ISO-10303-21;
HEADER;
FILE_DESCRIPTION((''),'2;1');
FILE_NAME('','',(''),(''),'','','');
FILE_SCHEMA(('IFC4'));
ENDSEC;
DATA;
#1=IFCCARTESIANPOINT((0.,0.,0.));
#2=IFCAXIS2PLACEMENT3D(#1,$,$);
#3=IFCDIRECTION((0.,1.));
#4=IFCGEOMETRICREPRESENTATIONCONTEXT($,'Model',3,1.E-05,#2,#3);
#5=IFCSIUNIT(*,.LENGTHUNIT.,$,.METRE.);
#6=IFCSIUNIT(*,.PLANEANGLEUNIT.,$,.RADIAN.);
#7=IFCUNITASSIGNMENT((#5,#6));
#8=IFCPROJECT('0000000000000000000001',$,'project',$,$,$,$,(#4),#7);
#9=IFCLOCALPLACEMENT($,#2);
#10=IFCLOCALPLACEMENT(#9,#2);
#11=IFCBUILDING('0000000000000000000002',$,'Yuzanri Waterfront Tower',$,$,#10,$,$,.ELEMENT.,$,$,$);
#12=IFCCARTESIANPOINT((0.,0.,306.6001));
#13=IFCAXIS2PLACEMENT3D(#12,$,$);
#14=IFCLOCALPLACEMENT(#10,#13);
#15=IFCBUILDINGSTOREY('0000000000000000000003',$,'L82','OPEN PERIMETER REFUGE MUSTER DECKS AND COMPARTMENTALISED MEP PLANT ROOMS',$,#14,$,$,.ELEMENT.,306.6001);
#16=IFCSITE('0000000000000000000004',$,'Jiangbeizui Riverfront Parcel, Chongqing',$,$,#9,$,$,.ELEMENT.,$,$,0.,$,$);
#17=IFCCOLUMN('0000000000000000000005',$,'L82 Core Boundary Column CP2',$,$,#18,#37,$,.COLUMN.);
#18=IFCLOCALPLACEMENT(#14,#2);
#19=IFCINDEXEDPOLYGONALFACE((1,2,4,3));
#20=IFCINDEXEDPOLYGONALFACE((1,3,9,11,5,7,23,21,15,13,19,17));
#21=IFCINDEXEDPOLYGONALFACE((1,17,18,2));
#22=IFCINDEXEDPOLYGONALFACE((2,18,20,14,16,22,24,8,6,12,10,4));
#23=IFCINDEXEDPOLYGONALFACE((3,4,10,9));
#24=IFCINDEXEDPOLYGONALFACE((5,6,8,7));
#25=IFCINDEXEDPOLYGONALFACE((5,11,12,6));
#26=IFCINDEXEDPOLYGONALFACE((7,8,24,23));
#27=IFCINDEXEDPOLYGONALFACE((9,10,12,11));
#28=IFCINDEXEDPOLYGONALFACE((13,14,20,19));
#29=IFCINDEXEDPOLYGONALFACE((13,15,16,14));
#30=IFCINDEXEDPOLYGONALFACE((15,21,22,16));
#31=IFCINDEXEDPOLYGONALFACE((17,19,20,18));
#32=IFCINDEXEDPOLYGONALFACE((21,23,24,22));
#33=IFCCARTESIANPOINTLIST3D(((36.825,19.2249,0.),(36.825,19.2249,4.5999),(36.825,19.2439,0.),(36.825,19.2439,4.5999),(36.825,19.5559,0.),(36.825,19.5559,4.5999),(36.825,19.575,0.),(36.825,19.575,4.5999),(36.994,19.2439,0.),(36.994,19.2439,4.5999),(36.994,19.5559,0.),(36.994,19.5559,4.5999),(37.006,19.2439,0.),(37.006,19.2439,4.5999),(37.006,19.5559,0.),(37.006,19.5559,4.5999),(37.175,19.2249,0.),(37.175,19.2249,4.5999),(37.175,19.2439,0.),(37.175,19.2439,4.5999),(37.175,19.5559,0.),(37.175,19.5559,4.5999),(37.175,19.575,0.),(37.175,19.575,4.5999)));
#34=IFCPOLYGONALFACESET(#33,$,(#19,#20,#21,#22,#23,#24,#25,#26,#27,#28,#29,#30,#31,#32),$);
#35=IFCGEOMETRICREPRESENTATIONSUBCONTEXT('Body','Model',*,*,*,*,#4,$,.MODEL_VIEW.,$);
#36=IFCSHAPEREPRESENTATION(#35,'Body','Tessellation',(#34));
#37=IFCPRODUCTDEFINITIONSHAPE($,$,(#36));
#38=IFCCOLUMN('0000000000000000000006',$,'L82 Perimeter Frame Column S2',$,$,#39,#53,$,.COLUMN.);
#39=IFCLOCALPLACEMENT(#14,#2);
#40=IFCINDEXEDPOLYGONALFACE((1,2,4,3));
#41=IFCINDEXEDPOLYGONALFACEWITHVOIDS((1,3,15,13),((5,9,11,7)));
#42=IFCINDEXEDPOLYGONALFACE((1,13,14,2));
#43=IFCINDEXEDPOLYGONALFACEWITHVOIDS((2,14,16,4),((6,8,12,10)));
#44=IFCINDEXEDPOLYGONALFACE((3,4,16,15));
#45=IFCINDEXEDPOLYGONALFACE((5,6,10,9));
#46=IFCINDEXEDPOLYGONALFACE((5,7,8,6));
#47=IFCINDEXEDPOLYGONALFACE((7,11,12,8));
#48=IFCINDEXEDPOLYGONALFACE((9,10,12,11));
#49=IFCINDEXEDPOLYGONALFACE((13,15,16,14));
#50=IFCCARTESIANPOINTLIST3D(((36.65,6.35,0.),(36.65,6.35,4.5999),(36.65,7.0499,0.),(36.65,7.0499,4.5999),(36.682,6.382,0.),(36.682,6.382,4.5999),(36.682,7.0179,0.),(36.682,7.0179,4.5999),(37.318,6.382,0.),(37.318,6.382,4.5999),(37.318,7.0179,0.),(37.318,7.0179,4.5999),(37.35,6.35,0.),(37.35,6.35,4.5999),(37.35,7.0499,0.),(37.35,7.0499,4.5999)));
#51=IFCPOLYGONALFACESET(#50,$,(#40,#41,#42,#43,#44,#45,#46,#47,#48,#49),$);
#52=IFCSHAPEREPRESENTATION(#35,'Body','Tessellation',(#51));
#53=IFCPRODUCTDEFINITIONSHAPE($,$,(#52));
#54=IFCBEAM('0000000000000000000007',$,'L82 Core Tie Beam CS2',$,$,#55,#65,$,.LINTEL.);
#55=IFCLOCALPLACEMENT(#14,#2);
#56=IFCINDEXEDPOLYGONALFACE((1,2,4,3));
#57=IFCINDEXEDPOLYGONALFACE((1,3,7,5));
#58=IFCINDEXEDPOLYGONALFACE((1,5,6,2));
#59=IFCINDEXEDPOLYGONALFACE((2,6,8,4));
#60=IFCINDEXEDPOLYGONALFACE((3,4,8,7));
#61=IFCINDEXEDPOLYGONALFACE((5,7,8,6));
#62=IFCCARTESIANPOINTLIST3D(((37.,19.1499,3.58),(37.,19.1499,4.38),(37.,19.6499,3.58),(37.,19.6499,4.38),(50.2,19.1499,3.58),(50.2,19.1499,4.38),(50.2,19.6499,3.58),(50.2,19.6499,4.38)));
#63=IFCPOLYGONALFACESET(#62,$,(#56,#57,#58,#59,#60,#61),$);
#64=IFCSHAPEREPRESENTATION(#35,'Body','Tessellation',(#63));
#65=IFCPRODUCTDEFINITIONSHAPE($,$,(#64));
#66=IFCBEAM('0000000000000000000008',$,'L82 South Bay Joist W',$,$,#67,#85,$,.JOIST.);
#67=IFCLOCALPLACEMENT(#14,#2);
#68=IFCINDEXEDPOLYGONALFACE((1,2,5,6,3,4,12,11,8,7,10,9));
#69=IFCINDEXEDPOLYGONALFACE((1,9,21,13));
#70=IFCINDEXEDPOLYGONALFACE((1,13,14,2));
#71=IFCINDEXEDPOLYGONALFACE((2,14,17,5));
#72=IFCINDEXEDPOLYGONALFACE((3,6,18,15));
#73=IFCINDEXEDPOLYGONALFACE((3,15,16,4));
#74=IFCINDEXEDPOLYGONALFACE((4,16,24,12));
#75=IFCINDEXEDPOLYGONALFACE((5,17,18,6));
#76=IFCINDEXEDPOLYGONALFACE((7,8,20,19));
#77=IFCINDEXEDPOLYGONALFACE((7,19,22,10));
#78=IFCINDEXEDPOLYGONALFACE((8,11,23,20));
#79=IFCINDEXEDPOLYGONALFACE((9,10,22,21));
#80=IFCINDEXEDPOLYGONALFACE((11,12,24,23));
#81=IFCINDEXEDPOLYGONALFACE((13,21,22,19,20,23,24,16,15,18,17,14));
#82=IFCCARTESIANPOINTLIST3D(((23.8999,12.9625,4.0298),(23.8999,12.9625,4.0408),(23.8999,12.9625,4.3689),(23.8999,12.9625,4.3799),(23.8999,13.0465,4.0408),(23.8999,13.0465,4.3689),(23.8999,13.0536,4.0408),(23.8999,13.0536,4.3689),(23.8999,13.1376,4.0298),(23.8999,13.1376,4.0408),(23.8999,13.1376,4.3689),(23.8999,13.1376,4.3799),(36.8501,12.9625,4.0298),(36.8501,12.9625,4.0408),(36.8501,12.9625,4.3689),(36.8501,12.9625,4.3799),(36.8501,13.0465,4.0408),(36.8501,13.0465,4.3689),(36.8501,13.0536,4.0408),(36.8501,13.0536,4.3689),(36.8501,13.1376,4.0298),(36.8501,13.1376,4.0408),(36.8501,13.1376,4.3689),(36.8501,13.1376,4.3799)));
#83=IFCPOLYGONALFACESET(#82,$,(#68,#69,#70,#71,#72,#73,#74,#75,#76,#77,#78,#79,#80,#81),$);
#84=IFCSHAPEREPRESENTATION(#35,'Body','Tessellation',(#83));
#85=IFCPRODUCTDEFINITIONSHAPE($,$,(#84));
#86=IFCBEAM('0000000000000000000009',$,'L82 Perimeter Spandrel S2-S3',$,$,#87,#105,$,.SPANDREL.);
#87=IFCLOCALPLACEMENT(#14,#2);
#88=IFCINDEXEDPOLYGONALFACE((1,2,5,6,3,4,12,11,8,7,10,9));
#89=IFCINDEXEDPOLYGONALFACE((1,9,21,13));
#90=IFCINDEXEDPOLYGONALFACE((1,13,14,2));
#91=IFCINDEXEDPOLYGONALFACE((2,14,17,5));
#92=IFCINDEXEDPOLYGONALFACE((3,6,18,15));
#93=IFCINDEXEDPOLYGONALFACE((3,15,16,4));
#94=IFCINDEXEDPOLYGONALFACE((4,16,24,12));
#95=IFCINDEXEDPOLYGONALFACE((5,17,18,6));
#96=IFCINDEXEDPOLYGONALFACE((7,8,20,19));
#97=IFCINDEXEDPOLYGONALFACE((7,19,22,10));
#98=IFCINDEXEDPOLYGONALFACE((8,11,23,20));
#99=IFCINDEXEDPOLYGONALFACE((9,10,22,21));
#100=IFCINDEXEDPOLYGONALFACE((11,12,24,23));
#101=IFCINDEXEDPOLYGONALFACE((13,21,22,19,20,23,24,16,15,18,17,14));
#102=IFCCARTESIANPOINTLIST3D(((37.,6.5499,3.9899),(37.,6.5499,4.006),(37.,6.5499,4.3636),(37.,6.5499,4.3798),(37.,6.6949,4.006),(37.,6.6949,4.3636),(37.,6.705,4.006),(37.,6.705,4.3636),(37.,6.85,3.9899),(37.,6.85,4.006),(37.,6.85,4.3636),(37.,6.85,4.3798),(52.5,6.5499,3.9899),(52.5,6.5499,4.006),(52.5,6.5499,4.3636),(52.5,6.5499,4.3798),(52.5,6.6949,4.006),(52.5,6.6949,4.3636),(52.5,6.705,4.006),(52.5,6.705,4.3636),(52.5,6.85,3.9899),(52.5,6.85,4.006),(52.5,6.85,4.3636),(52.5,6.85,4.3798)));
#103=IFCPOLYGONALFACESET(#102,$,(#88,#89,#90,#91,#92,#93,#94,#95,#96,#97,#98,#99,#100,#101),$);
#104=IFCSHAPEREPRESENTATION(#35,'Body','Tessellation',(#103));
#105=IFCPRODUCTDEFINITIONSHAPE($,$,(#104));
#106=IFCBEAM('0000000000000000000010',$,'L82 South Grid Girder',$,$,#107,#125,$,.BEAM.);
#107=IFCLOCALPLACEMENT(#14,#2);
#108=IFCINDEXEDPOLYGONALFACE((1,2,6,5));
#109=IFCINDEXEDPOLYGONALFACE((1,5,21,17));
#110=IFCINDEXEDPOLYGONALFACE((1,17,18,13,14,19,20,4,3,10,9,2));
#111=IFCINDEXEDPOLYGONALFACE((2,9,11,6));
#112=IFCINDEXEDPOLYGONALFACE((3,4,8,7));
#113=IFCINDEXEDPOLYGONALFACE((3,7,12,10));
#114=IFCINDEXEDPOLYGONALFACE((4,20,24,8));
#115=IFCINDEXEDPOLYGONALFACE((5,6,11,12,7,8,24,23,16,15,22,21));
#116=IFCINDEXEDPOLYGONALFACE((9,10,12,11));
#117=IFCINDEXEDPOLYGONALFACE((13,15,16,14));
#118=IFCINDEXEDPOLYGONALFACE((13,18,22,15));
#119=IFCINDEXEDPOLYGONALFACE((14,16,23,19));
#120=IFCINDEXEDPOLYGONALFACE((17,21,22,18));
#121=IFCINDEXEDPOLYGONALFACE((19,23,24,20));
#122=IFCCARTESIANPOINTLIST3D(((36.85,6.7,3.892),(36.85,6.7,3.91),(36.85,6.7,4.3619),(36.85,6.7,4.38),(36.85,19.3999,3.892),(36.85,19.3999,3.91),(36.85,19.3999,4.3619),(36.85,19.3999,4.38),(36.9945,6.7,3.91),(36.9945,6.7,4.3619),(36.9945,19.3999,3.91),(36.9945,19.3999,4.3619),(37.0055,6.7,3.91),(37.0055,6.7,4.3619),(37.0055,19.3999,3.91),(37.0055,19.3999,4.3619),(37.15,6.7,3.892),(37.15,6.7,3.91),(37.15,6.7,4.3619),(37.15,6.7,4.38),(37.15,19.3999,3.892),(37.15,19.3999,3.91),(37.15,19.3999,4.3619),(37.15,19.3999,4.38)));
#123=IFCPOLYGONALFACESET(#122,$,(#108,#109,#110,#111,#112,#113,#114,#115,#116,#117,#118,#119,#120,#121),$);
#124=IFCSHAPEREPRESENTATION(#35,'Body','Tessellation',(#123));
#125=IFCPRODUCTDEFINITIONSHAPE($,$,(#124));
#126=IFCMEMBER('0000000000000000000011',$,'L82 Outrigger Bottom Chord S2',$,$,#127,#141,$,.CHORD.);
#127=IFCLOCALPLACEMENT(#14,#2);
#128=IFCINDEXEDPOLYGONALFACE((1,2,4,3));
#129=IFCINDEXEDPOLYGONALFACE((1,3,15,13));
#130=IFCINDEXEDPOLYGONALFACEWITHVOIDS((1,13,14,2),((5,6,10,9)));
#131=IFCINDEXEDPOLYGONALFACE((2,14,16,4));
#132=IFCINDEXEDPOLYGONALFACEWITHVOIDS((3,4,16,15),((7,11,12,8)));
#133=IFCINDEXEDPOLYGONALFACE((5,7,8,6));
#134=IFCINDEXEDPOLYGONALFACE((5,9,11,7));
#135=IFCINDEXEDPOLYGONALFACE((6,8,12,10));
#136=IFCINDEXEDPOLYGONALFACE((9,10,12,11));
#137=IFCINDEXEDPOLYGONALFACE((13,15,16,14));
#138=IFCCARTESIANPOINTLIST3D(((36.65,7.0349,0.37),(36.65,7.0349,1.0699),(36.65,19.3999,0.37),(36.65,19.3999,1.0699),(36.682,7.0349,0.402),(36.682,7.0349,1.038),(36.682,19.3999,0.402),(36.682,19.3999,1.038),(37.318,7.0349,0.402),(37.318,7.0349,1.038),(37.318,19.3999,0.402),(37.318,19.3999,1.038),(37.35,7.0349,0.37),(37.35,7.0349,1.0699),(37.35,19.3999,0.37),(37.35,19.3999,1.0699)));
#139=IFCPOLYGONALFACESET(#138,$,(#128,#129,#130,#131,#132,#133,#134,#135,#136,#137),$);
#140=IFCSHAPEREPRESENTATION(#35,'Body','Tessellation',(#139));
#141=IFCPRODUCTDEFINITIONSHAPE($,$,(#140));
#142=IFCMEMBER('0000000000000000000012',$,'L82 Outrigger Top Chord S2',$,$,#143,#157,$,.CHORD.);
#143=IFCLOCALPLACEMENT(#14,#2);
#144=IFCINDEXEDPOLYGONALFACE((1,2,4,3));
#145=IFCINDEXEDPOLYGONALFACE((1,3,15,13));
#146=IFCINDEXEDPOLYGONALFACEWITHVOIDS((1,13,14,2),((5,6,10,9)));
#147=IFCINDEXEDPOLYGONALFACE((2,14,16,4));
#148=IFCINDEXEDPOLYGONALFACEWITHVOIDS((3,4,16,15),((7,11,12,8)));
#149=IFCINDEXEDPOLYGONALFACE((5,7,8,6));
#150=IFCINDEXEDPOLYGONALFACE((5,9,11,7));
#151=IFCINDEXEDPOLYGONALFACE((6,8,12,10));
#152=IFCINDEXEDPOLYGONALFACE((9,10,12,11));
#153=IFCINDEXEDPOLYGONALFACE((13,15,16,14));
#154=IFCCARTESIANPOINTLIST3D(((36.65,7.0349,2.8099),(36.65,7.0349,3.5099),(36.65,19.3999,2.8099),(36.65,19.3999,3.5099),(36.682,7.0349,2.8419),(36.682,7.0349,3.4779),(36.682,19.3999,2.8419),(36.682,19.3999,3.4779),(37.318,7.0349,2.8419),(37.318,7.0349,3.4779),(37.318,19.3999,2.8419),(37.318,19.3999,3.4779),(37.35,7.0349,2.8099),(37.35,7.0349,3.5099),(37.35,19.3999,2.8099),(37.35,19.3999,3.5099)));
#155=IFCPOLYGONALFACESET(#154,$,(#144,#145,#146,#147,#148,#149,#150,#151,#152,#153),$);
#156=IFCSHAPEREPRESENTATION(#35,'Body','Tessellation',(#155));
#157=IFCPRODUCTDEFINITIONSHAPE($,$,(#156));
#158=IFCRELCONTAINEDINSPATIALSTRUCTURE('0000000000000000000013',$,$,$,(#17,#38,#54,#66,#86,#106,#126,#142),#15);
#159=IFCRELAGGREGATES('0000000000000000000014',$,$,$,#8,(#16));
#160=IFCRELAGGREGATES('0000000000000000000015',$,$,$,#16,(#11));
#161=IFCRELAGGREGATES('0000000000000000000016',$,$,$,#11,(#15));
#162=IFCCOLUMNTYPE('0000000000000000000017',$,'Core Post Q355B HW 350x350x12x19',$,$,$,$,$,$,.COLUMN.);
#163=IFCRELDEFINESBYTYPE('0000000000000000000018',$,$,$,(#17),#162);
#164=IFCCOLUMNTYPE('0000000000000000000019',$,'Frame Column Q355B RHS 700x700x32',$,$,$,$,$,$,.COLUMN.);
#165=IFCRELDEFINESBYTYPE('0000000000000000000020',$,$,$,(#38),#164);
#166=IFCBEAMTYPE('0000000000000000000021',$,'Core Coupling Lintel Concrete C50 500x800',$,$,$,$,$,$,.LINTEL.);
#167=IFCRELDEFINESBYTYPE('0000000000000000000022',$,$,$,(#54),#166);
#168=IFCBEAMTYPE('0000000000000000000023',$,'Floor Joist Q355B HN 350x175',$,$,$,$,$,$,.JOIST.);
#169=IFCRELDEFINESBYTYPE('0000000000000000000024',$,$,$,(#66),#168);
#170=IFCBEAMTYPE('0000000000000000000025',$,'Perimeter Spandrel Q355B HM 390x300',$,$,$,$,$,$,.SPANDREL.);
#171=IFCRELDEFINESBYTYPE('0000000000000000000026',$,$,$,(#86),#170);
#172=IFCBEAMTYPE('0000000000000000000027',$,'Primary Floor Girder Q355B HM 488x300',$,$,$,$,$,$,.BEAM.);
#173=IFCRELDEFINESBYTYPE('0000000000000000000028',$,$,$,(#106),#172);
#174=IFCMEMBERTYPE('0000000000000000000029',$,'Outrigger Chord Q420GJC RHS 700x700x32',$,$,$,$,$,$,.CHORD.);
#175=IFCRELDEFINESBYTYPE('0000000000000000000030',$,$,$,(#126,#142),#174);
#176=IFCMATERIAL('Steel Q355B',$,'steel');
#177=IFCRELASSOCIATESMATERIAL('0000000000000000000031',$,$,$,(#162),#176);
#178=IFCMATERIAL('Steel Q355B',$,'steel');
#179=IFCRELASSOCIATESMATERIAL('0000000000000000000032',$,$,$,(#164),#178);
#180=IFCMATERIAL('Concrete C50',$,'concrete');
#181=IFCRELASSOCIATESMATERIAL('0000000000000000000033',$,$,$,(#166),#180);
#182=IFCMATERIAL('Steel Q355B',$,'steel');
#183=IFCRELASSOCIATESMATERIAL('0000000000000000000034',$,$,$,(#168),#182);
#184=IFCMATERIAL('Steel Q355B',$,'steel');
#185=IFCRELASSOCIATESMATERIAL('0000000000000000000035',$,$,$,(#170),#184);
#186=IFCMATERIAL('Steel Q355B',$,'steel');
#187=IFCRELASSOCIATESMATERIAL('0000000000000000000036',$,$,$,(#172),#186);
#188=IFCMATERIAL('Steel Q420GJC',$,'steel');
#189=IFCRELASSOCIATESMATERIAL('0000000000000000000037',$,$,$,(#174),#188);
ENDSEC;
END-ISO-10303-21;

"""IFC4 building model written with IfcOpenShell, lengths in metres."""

from ifc_helpers import new_model, si_unit, direction, frame, origin, origin_2d, place, context, subcontext, project, spatial, rectangle, hollow_rectangle, i_section, extrude, source, transform, mapped, material, material_profile, profile_set, type_object, element, save


model = new_model("IFC4")

# Units and contexts
model_context = context("Model", 3, precision=1e-05, world=origin(), true_north=direction((0.0, 1.0)))
body_context = subcontext(model_context, "Body", "Model", "MODEL_VIEW")
ifc_project = project(units=[si_unit("LENGTHUNIT", "METRE"), si_unit("PLANEANGLEUNIT", "RADIAN")], contexts=[model_context])

# Site, building, storey
site_placement = place(None, origin())
site = spatial("IfcSite", under=ifc_project, at=site_placement, Name="Jiangbeizui Riverfront Parcel, Chongqing", CompositionType="ELEMENT", RefElevation=0.0)
building_placement = place(site_placement, origin())
building = spatial("IfcBuilding", under=site, at=building_placement, Name="Yuzanri Waterfront Tower", CompositionType="ELEMENT")
storey_placement = place(building_placement, frame((0.0, 0.0, 306.6001)))
storey = spatial("IfcBuildingStorey", under=building, at=storey_placement, Name="L82", Description="OPEN PERIMETER REFUGE MUSTER DECKS AND COMPARTMENTALISED MEP PLANT ROOMS", CompositionType="ELEMENT", Elevation=306.6001)

# Columns
ifc_material_1 = material(Name="Steel Q355B", Category="steel")
ifc_material_profile_1 = material_profile(ifc_material_1, i_section(OverallWidth=0.3501, OverallDepth=0.3501, WebThickness=0.012, FlangeThickness=0.019, at=origin_2d()), Name="HW 350x350x12x19")
ifc_profile_set_1 = profile_set([ifc_material_profile_1], Name="Steel Q355B")
column_type_1 = type_object("IfcColumnType", Name="Core Post Q355B HW 350x350x12x19", PredefinedType="COLUMN", material=ifc_profile_set_1)
shared_shape_1 = source(origin(), body_context, "Body", "SweptSolid", [
    extrude(i_section(OverallWidth=0.3501, OverallDepth=0.3501, WebThickness=0.012, FlangeThickness=0.019, at=origin_2d()), origin(), (0.0, 0.0, 1.0), 4.5999),
])
column_1_placement = place(storey_placement, frame((37.0, 19.3999, 0.0), z_axis=(0.0, 0.0, 1.0), x_axis=(1.0, 0.0, 0.0)))
element("IfcColumn", 1, at=column_1_placement, inside=storey, type_object=column_type_1, Name="L82 Core Boundary Column CP2", PredefinedType="COLUMN", context=body_context, shape_type="MappedRepresentation", body=[
    mapped(shared_shape_1, transform((0.0, 0.0, 0.0), scale=1.0)),
])
ifc_material_2 = material(Name="Steel Q355B", Category="steel")
ifc_material_profile_2 = material_profile(ifc_material_2, hollow_rectangle(XDim=0.7, YDim=0.7, WallThickness=0.032, at=origin_2d()), Name="RHS 700x700x32")
ifc_profile_set_2 = profile_set([ifc_material_profile_2], Name="Steel Q355B")
column_type_2 = type_object("IfcColumnType", Name="Frame Column Q355B RHS 700x700x32", PredefinedType="COLUMN", material=ifc_profile_set_2)
shared_shape_2 = source(origin(), body_context, "Body", "SweptSolid", [
    extrude(hollow_rectangle(XDim=0.7, YDim=0.7, WallThickness=0.032, at=origin_2d()), origin(), (0.0, 0.0, 1.0), 4.5999),
])
column_2_placement = place(storey_placement, frame((37.0, 6.7, 0.0), z_axis=(0.0, 0.0, 1.0), x_axis=(1.0, 0.0, 0.0)))
element("IfcColumn", 2, at=column_2_placement, inside=storey, type_object=column_type_2, Name="L82 Perimeter Frame Column S2", PredefinedType="COLUMN", context=body_context, shape_type="MappedRepresentation", body=[
    mapped(shared_shape_2, transform((0.0, 0.0, 0.0), scale=1.0)),
])

# Beams
ifc_material_3 = material(Name="Concrete C50", Category="concrete")
ifc_material_profile_3 = material_profile(ifc_material_3, rectangle(XDim=0.5, YDim=0.8, at=origin_2d()), Name="RC 500x800")
ifc_profile_set_3 = profile_set([ifc_material_profile_3], Name="Concrete C50")
beam_type_1 = type_object("IfcBeamType", Name="Core Coupling Lintel Concrete C50 500x800", PredefinedType="LINTEL", material=ifc_profile_set_3)
shared_shape_3 = source(origin(), body_context, "Body", "SweptSolid", [
    extrude(rectangle(XDim=0.5, YDim=0.8, at=origin_2d()), origin(), (0.0, 0.0, 1.0), 13.2),
])
beam_1_placement = place(storey_placement, frame((37.0, 19.3999, 3.98), z_axis=(1.0, 0.0, 0.0), x_axis=(0.0, 1.0, 0.0)))
element("IfcBeam", 3, at=beam_1_placement, inside=storey, type_object=beam_type_1, Name="L82 Core Tie Beam CS2", PredefinedType="LINTEL", context=body_context, shape_type="MappedRepresentation", body=[
    mapped(shared_shape_3, transform((0.0, 0.0, 0.0), scale=1.0)),
])
ifc_material_4 = material(Name="Steel Q355B", Category="steel")
ifc_material_profile_4 = material_profile(ifc_material_4, i_section(OverallWidth=0.175, OverallDepth=0.3501, WebThickness=0.0071, FlangeThickness=0.011, at=origin_2d()), Name="HN 350x175x7x11")
ifc_profile_set_4 = profile_set([ifc_material_profile_4], Name="Steel Q355B")
beam_type_2 = type_object("IfcBeamType", Name="Floor Joist Q355B HN 350x175", PredefinedType="JOIST", material=ifc_profile_set_4)
shared_shape_4 = source(origin(), body_context, "Body", "SweptSolid", [
    extrude(i_section(OverallWidth=0.175, OverallDepth=0.3501, WebThickness=0.0071, FlangeThickness=0.011, at=origin_2d()), origin(), (0.0, 0.0, 1.0), 12.9502),
])
beam_2_placement = place(storey_placement, frame((23.8999, 13.05, 4.2048), z_axis=(1.0, 0.0, 0.0), x_axis=(0.0, 1.0, 0.0)))
element("IfcBeam", 4, at=beam_2_placement, inside=storey, type_object=beam_type_2, Name="L82 South Bay Joist W", PredefinedType="JOIST", context=body_context, shape_type="MappedRepresentation", body=[
    mapped(shared_shape_4, transform((0.0, 0.0, 0.0), scale=1.0)),
])
ifc_material_5 = material(Name="Steel Q355B", Category="steel")
ifc_material_profile_5 = material_profile(ifc_material_5, i_section(OverallWidth=0.3, OverallDepth=0.3899, WebThickness=0.01, FlangeThickness=0.0161, at=origin_2d()), Name="HM 390x300x10x16")
ifc_profile_set_5 = profile_set([ifc_material_profile_5], Name="Steel Q355B")
beam_type_3 = type_object("IfcBeamType", Name="Perimeter Spandrel Q355B HM 390x300", PredefinedType="SPANDREL", material=ifc_profile_set_5)
shared_shape_5 = source(origin(), body_context, "Body", "SweptSolid", [
    extrude(i_section(OverallWidth=0.3, OverallDepth=0.3899, WebThickness=0.01, FlangeThickness=0.0161, at=origin_2d()), origin(), (0.0, 0.0, 1.0), 15.5),
])
beam_3_placement = place(storey_placement, frame((37.0, 6.7, 4.1848), z_axis=(1.0, 0.0, 0.0), x_axis=(0.0, 1.0, 0.0)))
element("IfcBeam", 5, at=beam_3_placement, inside=storey, type_object=beam_type_3, Name="L82 Perimeter Spandrel S2-S3", PredefinedType="SPANDREL", context=body_context, shape_type="MappedRepresentation", body=[
    mapped(shared_shape_5, transform((0.0, 0.0, 0.0), scale=1.0)),
])
ifc_material_6 = material(Name="Steel Q355B", Category="steel")
ifc_material_profile_6 = material_profile(ifc_material_6, i_section(OverallWidth=0.3, OverallDepth=0.488, WebThickness=0.011, FlangeThickness=0.0181, at=origin_2d()), Name="HM 488x300x11x18")
ifc_profile_set_6 = profile_set([ifc_material_profile_6], Name="Steel Q355B")
beam_type_4 = type_object("IfcBeamType", Name="Primary Floor Girder Q355B HM 488x300", PredefinedType="BEAM", material=ifc_profile_set_6)
shared_shape_6 = source(origin(), body_context, "Body", "SweptSolid", [
    extrude(i_section(OverallWidth=0.3, OverallDepth=0.488, WebThickness=0.011, FlangeThickness=0.0181, at=origin_2d()), origin(), (0.0, 0.0, 1.0), 12.7),
])
beam_4_placement = place(storey_placement, frame((37.0, 19.3999, 4.136), z_axis=(0.0, -1.0, 0.0), x_axis=(1.0, 0.0, 0.0)))
element("IfcBeam", 6, at=beam_4_placement, inside=storey, type_object=beam_type_4, Name="L82 South Grid Girder", PredefinedType="BEAM", context=body_context, shape_type="MappedRepresentation", body=[
    mapped(shared_shape_6, transform((0.0, 0.0, 0.0), scale=1.0)),
])

# Members
ifc_material_7 = material(Name="Steel Q420GJC", Category="steel")
ifc_material_profile_7 = material_profile(ifc_material_7, hollow_rectangle(XDim=0.7, YDim=0.7, WallThickness=0.032, at=origin_2d()), Name="RHS 700x700x32")
ifc_profile_set_7 = profile_set([ifc_material_profile_7], Name="Steel Q420GJC")
member_type_1 = type_object("IfcMemberType", Name="Outrigger Chord Q420GJC RHS 700x700x32", PredefinedType="CHORD", material=ifc_profile_set_7)
shared_shape_7 = source(origin(), body_context, "Body", "SweptSolid", [
    extrude(hollow_rectangle(XDim=0.7, YDim=0.7, WallThickness=0.032, at=origin_2d()), origin(), (0.0, 0.0, 1.0), 12.365),
])
for number, where, z_axis, x_axis, name in (
    (7, (37.0, 19.3999, 0.72), (0.0, -1.0, 0.0), (1.0, 0.0, 0.0), "L82 Outrigger Bottom Chord S2"),
    (8, (37.0, 19.3999, 3.1599), (0.0, -1.0, 0.0), (1.0, 0.0, 0.0), "L82 Outrigger Top Chord S2"),
):
    element("IfcMember", number, at=place(storey_placement, frame(where, z_axis=z_axis, x_axis=x_axis)), inside=storey, type_object=member_type_1, Name=name, PredefinedType="CHORD", context=body_context, shape_type="MappedRepresentation", body=[
        mapped(shared_shape_7, transform((0.0, 0.0, 0.0), scale=1.0)),
    ])

save(model, "model.ifc")
